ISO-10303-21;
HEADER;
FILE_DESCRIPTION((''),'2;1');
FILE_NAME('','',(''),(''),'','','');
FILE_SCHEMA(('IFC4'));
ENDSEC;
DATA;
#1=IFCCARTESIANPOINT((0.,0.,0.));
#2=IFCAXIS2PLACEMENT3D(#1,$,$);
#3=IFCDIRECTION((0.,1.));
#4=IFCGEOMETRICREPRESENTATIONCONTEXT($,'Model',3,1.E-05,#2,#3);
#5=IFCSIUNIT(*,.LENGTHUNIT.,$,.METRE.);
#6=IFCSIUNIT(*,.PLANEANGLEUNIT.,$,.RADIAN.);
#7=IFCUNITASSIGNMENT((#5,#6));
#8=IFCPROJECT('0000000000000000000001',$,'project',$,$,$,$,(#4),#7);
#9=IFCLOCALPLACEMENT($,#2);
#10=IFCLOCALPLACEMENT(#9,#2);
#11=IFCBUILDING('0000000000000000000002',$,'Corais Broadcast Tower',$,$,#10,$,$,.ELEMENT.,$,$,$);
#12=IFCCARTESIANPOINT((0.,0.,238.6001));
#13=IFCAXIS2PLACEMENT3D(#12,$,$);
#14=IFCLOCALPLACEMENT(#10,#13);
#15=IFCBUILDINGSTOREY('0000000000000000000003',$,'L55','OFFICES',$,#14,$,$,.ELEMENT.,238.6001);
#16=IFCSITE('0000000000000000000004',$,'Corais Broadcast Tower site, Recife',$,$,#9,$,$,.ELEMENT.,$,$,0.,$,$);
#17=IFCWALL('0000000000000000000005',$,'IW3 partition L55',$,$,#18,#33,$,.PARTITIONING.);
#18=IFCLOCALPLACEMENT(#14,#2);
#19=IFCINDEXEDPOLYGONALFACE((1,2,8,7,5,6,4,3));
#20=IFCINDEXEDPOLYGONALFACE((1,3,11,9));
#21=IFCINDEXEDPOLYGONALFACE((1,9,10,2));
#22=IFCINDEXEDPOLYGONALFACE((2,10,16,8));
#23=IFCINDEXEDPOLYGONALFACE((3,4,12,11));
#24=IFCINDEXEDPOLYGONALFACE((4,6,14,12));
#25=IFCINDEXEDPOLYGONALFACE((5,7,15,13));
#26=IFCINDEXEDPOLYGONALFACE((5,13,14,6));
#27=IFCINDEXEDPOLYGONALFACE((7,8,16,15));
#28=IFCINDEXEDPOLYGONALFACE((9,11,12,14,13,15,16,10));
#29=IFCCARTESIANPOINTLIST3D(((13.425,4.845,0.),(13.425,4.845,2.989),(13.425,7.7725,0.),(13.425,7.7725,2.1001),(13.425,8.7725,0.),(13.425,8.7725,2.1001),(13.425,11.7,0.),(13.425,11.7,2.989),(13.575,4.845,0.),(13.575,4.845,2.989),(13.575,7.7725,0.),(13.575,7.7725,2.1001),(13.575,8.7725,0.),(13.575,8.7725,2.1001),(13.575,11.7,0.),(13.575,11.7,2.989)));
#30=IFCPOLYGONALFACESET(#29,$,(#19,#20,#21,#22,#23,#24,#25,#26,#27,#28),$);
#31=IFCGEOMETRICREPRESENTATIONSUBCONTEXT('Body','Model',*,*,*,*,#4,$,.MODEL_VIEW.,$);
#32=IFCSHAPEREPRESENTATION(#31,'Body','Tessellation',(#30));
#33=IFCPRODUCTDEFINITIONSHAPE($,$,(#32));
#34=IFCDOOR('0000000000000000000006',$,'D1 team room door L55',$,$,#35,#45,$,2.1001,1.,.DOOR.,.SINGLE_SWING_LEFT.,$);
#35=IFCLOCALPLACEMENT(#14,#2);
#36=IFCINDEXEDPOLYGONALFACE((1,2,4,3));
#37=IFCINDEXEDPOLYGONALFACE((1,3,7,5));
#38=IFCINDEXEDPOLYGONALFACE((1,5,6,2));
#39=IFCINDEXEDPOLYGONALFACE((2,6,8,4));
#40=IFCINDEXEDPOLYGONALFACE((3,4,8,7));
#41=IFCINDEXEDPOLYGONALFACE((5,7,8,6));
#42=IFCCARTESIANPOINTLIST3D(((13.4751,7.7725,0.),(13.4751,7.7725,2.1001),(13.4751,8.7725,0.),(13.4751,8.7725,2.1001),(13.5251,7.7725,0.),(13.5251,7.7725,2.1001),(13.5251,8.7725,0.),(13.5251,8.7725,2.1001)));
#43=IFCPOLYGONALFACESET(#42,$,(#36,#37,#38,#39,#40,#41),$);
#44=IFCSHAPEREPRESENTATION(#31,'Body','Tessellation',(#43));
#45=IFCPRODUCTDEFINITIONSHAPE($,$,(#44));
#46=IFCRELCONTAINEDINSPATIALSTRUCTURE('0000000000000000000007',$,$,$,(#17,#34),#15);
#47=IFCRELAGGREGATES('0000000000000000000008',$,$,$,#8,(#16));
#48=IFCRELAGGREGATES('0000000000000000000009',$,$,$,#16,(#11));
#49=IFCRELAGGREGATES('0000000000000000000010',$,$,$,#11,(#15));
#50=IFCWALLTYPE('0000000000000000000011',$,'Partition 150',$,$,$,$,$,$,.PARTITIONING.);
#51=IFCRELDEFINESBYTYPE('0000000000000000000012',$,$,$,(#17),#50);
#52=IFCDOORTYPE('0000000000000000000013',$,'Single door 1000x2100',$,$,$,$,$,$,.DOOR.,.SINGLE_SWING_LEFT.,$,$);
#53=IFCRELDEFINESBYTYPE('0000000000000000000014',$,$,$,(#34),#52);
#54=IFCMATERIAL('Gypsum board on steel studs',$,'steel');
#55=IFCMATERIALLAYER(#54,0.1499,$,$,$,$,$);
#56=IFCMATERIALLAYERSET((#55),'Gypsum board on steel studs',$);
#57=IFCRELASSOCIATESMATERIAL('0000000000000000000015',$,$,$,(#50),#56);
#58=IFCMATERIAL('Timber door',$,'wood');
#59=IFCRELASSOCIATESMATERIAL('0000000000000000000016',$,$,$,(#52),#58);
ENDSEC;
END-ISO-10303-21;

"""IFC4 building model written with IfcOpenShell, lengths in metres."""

from ifc_helpers import new_model, si_unit, direction, frame, frame_2d, origin, place, context, subcontext, project, spatial, rectangle, extrude, material, layer, layer_set, type_object, element, fill, save


model = new_model("IFC4")

# Units and contexts
model_context = context("Model", 3, precision=1e-05, world=origin(), true_north=direction((0.0, 1.0)))
body_context = subcontext(model_context, "Body", "Model", "MODEL_VIEW")
ifc_project = project(units=[si_unit("LENGTHUNIT", "METRE"), si_unit("PLANEANGLEUNIT", "RADIAN")], contexts=[model_context])

# Site, building, storey
site_placement = place(None, origin())
site = spatial("IfcSite", under=ifc_project, at=site_placement, Name="Corais Broadcast Tower site, Recife", CompositionType="ELEMENT", RefElevation=0.0)
building_placement = place(site_placement, origin())
building = spatial("IfcBuilding", under=site, at=building_placement, Name="Corais Broadcast Tower", CompositionType="ELEMENT")
storey_placement = place(building_placement, frame((0.0, 0.0, 238.6001)))
storey = spatial("IfcBuildingStorey", under=building, at=storey_placement, Name="L55", Description="OFFICES", CompositionType="ELEMENT", Elevation=238.6001)

# Shared definitions
ifc_material_1 = material(Name="Gypsum board on steel studs", Category="steel")
ifc_layer_1 = layer(ifc_material_1, 0.1499)
ifc_layer_set_1 = layer_set([ifc_layer_1], Name="Gypsum board on steel studs")
wall_type = type_object("IfcWallType", Name="Partition 150", PredefinedType="PARTITIONING", material=ifc_layer_set_1)

# Wall, opening, door
wall_1_placement = place(storey_placement, frame((13.5, 4.845, 0.0), z_axis=(0.0, 0.0, 1.0), x_axis=(0.0, 1.0, 0.0)))
wall_1 = element("IfcWall", 1, at=wall_1_placement, inside=storey, type_object=wall_type, Name="IW3 partition L55", PredefinedType="PARTITIONING", context=body_context, shape_type="SweptSolid", body=[
    extrude(rectangle(XDim=6.855, YDim=0.1499, at=frame_2d((3.4275, 0.0))), origin(), (0.0, 0.0, 1.0), 2.989),
])
opening_placement = place(wall_1_placement, frame((2.9275, 0.0, 0.0)))
opening = element("IfcOpeningElement", 2, at=opening_placement, cuts=wall_1, PredefinedType="OPENING", context=body_context, shape_type="SweptSolid", body=[
    extrude(rectangle(XDim=1.0, YDim=2.1001, at=frame_2d((0.5, 1.05))), frame((0.0, 0.085, 0.0), z_axis=(0.0, -1.0, 0.0), x_axis=(1.0, 0.0, 0.0)), (0.0, 0.0, 1.0), 0.1699),
])
ifc_material_2 = material(Name="Timber door", Category="wood")
door_type = type_object("IfcDoorType", Name="Single door 1000x2100", OperationType="SINGLE_SWING_LEFT", PredefinedType="DOOR", material=ifc_material_2)
door_placement = place(opening_placement, origin())
door = element("IfcDoor", 3, at=door_placement, inside=storey, type_object=door_type, Name="D1 team room door L55", OperationType="SINGLE_SWING_LEFT", OverallHeight=2.1001, OverallWidth=1.0, PredefinedType="DOOR", context=body_context, shape_type="SweptSolid", body=[
    extrude(rectangle(XDim=1.0, YDim=2.1001, at=frame_2d((0.5, 1.05))), frame((0.0, 0.0249, 0.0), z_axis=(0.0, -1.0, 0.0), x_axis=(1.0, 0.0, 0.0)), (0.0, 0.0, 1.0), 0.05),
])
fill(opening, door)

save(model, "model.ifc")
